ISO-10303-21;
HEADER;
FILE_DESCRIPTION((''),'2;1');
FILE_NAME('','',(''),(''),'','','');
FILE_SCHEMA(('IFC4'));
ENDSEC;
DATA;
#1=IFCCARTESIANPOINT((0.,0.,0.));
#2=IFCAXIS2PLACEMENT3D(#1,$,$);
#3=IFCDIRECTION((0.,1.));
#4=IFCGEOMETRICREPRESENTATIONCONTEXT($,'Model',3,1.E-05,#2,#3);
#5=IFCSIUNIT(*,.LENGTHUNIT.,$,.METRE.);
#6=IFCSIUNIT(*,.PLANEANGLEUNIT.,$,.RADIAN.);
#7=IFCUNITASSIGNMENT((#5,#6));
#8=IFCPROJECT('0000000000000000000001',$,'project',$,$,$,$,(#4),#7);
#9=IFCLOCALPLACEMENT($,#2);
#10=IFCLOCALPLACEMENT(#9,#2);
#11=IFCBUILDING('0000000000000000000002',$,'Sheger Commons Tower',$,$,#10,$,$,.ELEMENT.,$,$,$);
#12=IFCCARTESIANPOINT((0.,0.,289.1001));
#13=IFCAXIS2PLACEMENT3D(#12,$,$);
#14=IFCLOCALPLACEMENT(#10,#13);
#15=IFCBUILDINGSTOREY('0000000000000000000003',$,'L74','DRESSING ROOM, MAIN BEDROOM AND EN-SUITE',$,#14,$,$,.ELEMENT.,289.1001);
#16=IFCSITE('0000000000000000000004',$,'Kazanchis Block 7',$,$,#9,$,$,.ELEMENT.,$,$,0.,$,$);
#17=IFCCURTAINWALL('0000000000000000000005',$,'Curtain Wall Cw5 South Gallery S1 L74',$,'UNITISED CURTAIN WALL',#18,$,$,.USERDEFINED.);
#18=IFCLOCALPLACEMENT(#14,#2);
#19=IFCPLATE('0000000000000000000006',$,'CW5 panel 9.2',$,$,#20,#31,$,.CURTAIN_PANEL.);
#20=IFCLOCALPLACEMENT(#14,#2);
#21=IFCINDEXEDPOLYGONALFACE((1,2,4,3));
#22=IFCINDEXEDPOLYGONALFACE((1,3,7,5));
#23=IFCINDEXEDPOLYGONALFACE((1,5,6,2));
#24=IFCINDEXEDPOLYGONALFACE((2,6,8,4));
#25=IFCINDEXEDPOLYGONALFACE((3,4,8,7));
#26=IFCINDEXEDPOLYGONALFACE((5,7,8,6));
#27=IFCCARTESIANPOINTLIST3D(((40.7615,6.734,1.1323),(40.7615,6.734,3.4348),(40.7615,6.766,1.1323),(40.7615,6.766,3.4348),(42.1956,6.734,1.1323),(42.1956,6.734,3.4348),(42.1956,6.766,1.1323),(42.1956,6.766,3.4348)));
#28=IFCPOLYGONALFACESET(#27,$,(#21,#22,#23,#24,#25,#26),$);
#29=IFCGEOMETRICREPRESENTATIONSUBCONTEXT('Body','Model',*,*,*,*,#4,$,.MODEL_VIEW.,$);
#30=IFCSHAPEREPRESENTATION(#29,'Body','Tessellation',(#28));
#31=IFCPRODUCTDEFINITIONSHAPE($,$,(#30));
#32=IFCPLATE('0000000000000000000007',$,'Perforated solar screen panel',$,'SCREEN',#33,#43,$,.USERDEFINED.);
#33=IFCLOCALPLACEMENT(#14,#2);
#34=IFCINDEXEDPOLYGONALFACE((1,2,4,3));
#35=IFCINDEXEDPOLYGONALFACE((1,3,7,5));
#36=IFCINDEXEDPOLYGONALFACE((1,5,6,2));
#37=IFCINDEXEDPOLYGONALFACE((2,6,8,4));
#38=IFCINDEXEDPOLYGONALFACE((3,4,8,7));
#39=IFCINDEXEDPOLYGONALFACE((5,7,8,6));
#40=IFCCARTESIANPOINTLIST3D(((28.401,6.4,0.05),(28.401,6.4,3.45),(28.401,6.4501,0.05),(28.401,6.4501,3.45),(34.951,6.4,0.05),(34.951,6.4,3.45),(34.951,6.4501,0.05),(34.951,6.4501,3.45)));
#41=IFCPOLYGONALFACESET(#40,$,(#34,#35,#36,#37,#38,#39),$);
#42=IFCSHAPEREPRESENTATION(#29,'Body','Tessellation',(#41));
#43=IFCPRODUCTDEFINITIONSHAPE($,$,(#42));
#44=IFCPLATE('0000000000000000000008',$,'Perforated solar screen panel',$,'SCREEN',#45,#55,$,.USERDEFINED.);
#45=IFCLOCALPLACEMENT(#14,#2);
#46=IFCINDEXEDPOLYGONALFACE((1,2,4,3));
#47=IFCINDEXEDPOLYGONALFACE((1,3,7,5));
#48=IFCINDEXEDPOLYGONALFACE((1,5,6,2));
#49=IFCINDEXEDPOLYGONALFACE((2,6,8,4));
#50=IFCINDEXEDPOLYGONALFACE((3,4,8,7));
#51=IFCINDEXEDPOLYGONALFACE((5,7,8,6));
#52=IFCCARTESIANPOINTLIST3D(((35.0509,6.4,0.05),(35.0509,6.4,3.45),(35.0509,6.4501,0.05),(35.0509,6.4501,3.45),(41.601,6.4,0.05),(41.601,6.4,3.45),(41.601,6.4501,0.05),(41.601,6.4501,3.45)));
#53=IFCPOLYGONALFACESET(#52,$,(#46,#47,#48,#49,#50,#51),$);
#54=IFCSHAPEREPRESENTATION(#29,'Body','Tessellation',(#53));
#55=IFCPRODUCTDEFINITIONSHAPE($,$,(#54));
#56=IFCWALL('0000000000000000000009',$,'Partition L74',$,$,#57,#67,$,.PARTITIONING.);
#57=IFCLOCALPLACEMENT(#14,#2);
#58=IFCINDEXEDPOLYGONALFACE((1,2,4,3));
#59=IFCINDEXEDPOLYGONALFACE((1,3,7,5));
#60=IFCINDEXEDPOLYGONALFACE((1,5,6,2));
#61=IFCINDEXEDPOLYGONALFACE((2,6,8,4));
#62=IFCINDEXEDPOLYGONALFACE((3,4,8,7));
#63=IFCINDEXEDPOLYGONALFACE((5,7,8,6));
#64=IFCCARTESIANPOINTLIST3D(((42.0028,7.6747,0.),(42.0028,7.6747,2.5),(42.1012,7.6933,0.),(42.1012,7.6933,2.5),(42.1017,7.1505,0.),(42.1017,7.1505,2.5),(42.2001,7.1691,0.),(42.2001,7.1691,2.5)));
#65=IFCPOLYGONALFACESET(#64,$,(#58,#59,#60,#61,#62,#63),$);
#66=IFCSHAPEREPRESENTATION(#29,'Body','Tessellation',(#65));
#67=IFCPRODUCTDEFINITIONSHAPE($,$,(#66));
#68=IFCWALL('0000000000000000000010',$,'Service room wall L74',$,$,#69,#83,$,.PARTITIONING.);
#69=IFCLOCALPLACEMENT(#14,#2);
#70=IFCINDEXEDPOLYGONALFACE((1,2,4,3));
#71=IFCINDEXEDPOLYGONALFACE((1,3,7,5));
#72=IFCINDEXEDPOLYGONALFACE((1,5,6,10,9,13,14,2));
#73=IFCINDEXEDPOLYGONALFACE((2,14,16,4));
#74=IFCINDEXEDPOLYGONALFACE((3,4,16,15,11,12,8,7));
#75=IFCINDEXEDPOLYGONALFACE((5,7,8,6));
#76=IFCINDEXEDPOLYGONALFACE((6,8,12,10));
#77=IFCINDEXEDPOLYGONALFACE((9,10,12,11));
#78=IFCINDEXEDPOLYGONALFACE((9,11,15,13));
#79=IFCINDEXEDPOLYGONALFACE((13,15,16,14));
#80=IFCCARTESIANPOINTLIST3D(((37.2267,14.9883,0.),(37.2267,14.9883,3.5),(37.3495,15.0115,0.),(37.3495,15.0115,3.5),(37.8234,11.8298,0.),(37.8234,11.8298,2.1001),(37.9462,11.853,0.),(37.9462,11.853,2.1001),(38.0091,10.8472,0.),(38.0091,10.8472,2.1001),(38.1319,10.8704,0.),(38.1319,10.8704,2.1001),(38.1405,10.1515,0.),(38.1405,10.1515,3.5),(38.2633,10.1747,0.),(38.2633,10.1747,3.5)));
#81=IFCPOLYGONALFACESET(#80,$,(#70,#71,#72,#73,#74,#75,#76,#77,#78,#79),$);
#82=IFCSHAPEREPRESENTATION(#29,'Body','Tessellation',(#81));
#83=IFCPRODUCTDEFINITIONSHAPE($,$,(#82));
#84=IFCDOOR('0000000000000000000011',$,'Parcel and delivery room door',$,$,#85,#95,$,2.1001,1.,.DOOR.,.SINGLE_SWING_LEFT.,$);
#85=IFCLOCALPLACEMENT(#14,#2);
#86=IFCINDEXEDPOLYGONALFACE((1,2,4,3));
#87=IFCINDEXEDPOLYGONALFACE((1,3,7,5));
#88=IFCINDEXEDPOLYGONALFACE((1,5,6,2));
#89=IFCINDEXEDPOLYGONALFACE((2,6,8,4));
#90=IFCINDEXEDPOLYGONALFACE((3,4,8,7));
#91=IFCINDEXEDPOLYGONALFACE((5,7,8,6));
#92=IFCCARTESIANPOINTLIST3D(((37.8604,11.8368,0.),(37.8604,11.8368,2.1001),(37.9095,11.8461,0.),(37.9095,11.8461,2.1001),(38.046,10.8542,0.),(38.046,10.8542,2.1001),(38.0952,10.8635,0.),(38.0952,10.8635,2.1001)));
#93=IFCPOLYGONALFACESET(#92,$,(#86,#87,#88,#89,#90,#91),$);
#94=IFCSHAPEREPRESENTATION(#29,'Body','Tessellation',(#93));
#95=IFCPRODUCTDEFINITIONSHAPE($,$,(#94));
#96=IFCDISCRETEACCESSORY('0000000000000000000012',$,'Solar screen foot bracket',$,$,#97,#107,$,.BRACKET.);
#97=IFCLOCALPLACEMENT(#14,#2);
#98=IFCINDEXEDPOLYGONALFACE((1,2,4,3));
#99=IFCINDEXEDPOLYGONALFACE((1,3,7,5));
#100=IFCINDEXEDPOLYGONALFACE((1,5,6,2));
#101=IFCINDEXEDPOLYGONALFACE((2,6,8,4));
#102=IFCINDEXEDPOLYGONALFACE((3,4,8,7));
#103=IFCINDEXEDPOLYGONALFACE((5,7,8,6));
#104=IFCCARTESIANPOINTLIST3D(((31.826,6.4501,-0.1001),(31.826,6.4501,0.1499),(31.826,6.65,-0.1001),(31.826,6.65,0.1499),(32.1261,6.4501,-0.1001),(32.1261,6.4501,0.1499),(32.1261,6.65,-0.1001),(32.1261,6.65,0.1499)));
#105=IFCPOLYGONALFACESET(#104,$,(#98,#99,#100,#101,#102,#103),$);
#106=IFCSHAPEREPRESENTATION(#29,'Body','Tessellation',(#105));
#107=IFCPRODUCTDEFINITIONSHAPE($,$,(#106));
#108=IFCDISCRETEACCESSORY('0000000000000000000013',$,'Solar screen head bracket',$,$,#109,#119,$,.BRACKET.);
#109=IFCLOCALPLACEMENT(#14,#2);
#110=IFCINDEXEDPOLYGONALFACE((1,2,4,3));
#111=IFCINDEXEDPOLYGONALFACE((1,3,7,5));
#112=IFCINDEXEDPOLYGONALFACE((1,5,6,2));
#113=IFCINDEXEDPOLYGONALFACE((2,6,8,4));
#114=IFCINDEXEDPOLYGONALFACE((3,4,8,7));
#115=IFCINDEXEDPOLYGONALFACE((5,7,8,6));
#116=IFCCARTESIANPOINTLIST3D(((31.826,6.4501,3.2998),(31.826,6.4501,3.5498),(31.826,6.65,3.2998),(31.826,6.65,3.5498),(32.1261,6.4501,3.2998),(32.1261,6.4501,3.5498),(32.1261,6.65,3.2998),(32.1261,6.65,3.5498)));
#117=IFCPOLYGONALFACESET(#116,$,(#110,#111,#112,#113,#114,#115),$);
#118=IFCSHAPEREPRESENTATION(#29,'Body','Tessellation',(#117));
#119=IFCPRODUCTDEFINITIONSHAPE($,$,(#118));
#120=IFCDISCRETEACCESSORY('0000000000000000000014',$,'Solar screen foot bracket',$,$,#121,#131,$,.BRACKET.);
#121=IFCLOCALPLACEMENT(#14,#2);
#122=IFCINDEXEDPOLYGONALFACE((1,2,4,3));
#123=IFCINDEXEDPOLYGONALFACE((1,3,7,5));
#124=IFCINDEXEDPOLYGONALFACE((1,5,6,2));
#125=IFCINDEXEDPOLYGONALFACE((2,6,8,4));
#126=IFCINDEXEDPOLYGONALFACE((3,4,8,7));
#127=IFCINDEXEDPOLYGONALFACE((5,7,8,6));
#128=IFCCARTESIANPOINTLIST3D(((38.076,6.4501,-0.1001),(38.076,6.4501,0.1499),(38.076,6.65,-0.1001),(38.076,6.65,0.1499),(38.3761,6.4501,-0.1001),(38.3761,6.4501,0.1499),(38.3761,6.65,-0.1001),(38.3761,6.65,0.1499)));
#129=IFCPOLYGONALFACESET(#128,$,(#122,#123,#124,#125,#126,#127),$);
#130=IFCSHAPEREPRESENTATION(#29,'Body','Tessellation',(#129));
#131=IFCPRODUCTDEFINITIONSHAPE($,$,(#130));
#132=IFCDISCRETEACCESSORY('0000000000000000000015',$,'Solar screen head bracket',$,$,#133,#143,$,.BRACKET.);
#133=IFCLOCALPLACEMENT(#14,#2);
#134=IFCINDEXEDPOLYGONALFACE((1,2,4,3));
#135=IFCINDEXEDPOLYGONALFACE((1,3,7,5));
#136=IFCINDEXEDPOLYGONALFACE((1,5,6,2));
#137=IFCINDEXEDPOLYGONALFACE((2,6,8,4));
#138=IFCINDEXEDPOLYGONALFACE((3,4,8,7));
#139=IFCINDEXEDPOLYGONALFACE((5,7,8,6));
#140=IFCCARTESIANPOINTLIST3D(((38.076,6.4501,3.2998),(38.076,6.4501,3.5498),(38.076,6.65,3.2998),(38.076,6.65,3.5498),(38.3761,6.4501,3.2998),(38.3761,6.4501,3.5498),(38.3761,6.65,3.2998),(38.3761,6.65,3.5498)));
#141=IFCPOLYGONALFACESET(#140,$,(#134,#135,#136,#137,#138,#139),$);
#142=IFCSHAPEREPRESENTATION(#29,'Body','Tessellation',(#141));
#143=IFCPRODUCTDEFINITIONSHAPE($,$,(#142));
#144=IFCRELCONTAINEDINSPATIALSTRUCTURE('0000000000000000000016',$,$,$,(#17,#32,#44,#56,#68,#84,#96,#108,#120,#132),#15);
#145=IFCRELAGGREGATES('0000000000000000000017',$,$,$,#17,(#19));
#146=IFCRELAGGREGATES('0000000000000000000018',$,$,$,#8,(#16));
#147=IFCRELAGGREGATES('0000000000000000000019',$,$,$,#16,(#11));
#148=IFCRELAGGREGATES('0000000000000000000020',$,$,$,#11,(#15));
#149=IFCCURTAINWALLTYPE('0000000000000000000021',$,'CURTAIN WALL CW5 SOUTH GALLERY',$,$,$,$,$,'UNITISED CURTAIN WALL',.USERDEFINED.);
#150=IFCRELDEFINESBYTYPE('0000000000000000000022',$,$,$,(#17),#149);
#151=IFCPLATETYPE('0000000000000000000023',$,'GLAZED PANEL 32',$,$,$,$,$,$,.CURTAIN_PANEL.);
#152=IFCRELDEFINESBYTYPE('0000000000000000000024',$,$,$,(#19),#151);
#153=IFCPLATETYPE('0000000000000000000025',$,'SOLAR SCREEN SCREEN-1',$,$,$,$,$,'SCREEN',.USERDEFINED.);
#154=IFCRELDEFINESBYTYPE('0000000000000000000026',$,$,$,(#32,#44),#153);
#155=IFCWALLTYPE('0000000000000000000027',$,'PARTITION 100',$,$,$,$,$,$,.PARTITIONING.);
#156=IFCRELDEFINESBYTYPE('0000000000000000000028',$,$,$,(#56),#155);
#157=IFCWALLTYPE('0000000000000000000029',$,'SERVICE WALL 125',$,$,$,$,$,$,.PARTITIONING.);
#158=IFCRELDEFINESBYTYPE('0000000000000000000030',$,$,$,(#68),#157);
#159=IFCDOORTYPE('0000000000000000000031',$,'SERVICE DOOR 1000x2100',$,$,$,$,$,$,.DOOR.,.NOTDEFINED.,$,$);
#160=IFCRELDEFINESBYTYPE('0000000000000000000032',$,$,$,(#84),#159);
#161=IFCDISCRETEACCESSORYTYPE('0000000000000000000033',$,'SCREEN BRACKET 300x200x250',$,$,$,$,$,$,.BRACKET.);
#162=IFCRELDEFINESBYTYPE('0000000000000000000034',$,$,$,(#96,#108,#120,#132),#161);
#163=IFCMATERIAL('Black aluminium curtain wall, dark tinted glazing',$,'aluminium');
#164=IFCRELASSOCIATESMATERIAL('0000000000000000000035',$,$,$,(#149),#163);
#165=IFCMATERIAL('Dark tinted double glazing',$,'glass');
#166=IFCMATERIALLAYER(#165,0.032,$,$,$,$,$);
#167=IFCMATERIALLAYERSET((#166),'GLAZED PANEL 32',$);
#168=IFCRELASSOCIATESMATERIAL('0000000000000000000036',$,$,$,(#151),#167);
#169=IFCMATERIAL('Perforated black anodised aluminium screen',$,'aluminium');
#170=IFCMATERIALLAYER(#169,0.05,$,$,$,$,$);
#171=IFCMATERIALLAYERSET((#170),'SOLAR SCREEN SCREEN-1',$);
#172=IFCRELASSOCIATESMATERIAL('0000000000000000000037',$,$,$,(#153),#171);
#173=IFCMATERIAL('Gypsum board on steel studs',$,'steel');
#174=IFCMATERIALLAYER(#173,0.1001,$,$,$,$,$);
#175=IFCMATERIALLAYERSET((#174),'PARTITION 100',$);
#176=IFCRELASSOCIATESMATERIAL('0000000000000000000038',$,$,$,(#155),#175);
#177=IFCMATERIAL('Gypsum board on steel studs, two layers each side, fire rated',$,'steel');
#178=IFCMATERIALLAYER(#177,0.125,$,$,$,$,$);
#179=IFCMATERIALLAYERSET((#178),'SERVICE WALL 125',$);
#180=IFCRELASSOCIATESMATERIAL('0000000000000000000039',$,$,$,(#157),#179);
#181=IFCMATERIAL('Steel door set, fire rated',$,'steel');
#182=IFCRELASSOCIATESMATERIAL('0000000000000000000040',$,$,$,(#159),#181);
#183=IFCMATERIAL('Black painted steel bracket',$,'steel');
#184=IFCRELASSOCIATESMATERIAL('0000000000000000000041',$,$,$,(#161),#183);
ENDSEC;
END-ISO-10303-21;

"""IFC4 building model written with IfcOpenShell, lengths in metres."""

from ifc_helpers import new_model, si_unit, direction, frame, frame_2d, origin, origin_2d, place, context, subcontext, project, spatial, rectangle, extrude, material, layer, layer_set, type_object, element, fill, aggregate, save


model = new_model("IFC4")

# Units and contexts
model_context = context("Model", 3, precision=1e-05, world=origin(), true_north=direction((0.0, 1.0)))
body_context = subcontext(model_context, "Body", "Model", "MODEL_VIEW")
ifc_project = project(units=[si_unit("LENGTHUNIT", "METRE"), si_unit("PLANEANGLEUNIT", "RADIAN")], contexts=[model_context])

# Site, building, storey
site_placement = place(None, origin())
site = spatial("IfcSite", under=ifc_project, at=site_placement, Name="Kazanchis Block 7", CompositionType="ELEMENT", RefElevation=0.0)
building_placement = place(site_placement, origin())
building = spatial("IfcBuilding", under=site, at=building_placement, Name="Sheger Commons Tower", CompositionType="ELEMENT")
storey_placement = place(building_placement, frame((0.0, 0.0, 289.1001)))
storey = spatial("IfcBuildingStorey", under=building, at=storey_placement, Name="L74", Description="DRESSING ROOM, MAIN BEDROOM AND EN-SUITE", CompositionType="ELEMENT", Elevation=289.1001)

# Curtain wall
ifc_material_1 = material(Name="Black aluminium curtain wall, dark tinted glazing", Category="aluminium")
curtain_wall_type = type_object("IfcCurtainWallType", Name="CURTAIN WALL CW5 SOUTH GALLERY", ElementType="UNITISED CURTAIN WALL", PredefinedType="USERDEFINED", material=ifc_material_1)
curtain_wall_placement = place(storey_placement, origin())
curtain_wall = element("IfcCurtainWall", 1, at=curtain_wall_placement, inside=storey, type_object=curtain_wall_type, Name="Curtain Wall Cw5 South Gallery S1 L74", ObjectType="UNITISED CURTAIN WALL", PredefinedType="USERDEFINED")

# Plate
ifc_material_2 = material(Name="Dark tinted double glazing", Category="glass")
ifc_layer_1 = layer(ifc_material_2, 0.032)
ifc_layer_set_1 = layer_set([ifc_layer_1], Name="GLAZED PANEL 32")
plate_type_1 = type_object("IfcPlateType", Name="GLAZED PANEL 32", PredefinedType="CURTAIN_PANEL", material=ifc_layer_set_1)
plate_1_placement = place(storey_placement, frame((41.4785, 6.75, 1.1323), z_axis=(0.0, 0.0, 1.0), x_axis=(1.0, 0.0, 0.0)))
plate_1 = element("IfcPlate", 2, at=plate_1_placement, type_object=plate_type_1, Name="CW5 panel 9.2", PredefinedType="CURTAIN_PANEL", context=body_context, shape_type="SweptSolid", body=[
    extrude(rectangle(XDim=1.4341, YDim=0.032, at=origin_2d()), origin(), (0.0, 0.0, 1.0), 2.3025),
])
aggregate(curtain_wall, [plate_1])

# Plates
ifc_material_3 = material(Name="Perforated black anodised aluminium screen", Category="aluminium")
ifc_layer_2 = layer(ifc_material_3, 0.05)
ifc_layer_set_2 = layer_set([ifc_layer_2], Name="SOLAR SCREEN SCREEN-1")
plate_type_2 = type_object("IfcPlateType", Name="SOLAR SCREEN SCREEN-1", ElementType="SCREEN", PredefinedType="USERDEFINED", material=ifc_layer_set_2)
for number, where, z_axis, x_axis, name in (
    (3, (31.676, 6.425, 0.05), (0.0, 0.0, 1.0), (1.0, 0.0, 0.0), "Perforated solar screen panel"),
    (4, (38.3259, 6.425, 0.05), (0.0, 0.0, 1.0), (1.0, 0.0, 0.0), "Perforated solar screen panel"),
):
    element("IfcPlate", number, at=place(storey_placement, frame(where, z_axis=z_axis, x_axis=x_axis)), inside=storey, type_object=plate_type_2, Name=name, ObjectType="SCREEN", PredefinedType="USERDEFINED", context=body_context, shape_type="SweptSolid", body=[
        extrude(rectangle(XDim=6.55, YDim=0.05, at=origin_2d()), origin(), (0.0, 0.0, 1.0), 3.3999),
    ])

# Wall
ifc_material_4 = material(Name="Gypsum board on steel studs", Category="steel")
ifc_layer_3 = layer(ifc_material_4, 0.1001)
ifc_layer_set_3 = layer_set([ifc_layer_3], Name="PARTITION 100")
wall_type_1 = type_object("IfcWallType", Name="PARTITION 100", PredefinedType="PARTITIONING", material=ifc_layer_set_3)
wall_1_placement = place(storey_placement, frame((42.1509, 7.1599, 0.0), z_axis=(0.0, 0.0, 1.0), x_axis=(-0.185366, 0.98267, 0.0)))
element("IfcWall", 5, at=wall_1_placement, inside=storey, type_object=wall_type_1, Name="Partition L74", PredefinedType="PARTITIONING", context=body_context, shape_type="SweptSolid", body=[
    extrude(rectangle(XDim=0.5334, YDim=0.1001, at=frame_2d((0.2666, 0.0))), origin(), (0.0, 0.0, 1.0), 2.5),
])

# Wall, opening, door
ifc_material_5 = material(Name="Gypsum board on steel studs, two layers each side, fire rated", Category="steel")
ifc_layer_4 = layer(ifc_material_5, 0.125)
ifc_layer_set_4 = layer_set([ifc_layer_4], Name="SERVICE WALL 125")
wall_type_2 = type_object("IfcWallType", Name="SERVICE WALL 125", PredefinedType="PARTITIONING", material=ifc_layer_set_4)
wall_2_placement = place(storey_placement, frame((38.2019, 10.1631, 0.0), z_axis=(0.0, 0.0, 1.0), x_axis=(-0.185642, 0.982617, 0.0)))
wall_2 = element("IfcWall", 6, at=wall_2_placement, inside=storey, type_object=wall_type_2, Name="Service room wall L74", PredefinedType="PARTITIONING", context=body_context, shape_type="SweptSolid", body=[
    extrude(rectangle(XDim=4.9224, YDim=0.125, at=frame_2d((2.4612, 0.0))), origin(), (0.0, 0.0, 1.0), 3.5),
])
opening_placement = place(wall_2_placement, frame((0.708, 0.0, 0.0)))
opening = element("IfcOpeningElement", 7, at=opening_placement, cuts=wall_2, PredefinedType="OPENING", context=body_context, shape_type="SweptSolid", body=[
    extrude(rectangle(XDim=1.0, YDim=2.1001, at=frame_2d((0.5, 1.05))), frame((0.0, 0.0725, 0.0), z_axis=(0.0, -1.0, 0.0), x_axis=(1.0, 0.0, 0.0)), (0.0, 0.0, 1.0), 0.145),
])
ifc_material_6 = material(Name="Steel door set, fire rated", Category="steel")
door_type = type_object("IfcDoorType", Name="SERVICE DOOR 1000x2100", OperationType="NOTDEFINED", PredefinedType="DOOR", material=ifc_material_6)
door_placement = place(opening_placement, origin())
door = element("IfcDoor", 8, at=door_placement, inside=storey, type_object=door_type, Name="Parcel and delivery room door", OperationType="SINGLE_SWING_LEFT", OverallHeight=2.1001, OverallWidth=1.0, PredefinedType="DOOR", context=body_context, shape_type="SweptSolid", body=[
    extrude(rectangle(XDim=1.0, YDim=2.1001, at=frame_2d((0.5, 1.05))), frame((0.0, 0.0249, 0.0), z_axis=(0.0, -1.0, 0.0), x_axis=(1.0, 0.0, 0.0)), (0.0, 0.0, 1.0), 0.05),
])
fill(opening, door)

# Discrete accessories
ifc_material_7 = material(Name="Black painted steel bracket", Category="steel")
discrete_accessory_type = type_object("IfcDiscreteAccessoryType", Name="SCREEN BRACKET 300x200x250", PredefinedType="BRACKET", material=ifc_material_7)
for number, where, z_axis, x_axis, name in (
    (9, (31.9761, 6.55, -0.1001), (0.0, 0.0, 1.0), (1.0, 0.0, 0.0), "Solar screen foot bracket"),
    (10, (31.9761, 6.55, 3.2998), (0.0, 0.0, 1.0), (1.0, 0.0, 0.0), "Solar screen head bracket"),
    (11, (38.2261, 6.55, -0.1001), (0.0, 0.0, 1.0), (1.0, 0.0, 0.0), "Solar screen foot bracket"),
    (12, (38.2261, 6.55, 3.2998), (0.0, 0.0, 1.0), (1.0, 0.0, 0.0), "Solar screen head bracket"),
):
    element("IfcDiscreteAccessory", number, at=place(storey_placement, frame(where, z_axis=z_axis, x_axis=x_axis)), inside=storey, type_object=discrete_accessory_type, Name=name, PredefinedType="BRACKET", context=body_context, shape_type="SweptSolid", body=[
        extrude(rectangle(XDim=0.3, YDim=0.2, at=origin_2d()), origin(), (0.0, 0.0, 1.0), 0.25),
    ])

save(model, "model.ifc")
